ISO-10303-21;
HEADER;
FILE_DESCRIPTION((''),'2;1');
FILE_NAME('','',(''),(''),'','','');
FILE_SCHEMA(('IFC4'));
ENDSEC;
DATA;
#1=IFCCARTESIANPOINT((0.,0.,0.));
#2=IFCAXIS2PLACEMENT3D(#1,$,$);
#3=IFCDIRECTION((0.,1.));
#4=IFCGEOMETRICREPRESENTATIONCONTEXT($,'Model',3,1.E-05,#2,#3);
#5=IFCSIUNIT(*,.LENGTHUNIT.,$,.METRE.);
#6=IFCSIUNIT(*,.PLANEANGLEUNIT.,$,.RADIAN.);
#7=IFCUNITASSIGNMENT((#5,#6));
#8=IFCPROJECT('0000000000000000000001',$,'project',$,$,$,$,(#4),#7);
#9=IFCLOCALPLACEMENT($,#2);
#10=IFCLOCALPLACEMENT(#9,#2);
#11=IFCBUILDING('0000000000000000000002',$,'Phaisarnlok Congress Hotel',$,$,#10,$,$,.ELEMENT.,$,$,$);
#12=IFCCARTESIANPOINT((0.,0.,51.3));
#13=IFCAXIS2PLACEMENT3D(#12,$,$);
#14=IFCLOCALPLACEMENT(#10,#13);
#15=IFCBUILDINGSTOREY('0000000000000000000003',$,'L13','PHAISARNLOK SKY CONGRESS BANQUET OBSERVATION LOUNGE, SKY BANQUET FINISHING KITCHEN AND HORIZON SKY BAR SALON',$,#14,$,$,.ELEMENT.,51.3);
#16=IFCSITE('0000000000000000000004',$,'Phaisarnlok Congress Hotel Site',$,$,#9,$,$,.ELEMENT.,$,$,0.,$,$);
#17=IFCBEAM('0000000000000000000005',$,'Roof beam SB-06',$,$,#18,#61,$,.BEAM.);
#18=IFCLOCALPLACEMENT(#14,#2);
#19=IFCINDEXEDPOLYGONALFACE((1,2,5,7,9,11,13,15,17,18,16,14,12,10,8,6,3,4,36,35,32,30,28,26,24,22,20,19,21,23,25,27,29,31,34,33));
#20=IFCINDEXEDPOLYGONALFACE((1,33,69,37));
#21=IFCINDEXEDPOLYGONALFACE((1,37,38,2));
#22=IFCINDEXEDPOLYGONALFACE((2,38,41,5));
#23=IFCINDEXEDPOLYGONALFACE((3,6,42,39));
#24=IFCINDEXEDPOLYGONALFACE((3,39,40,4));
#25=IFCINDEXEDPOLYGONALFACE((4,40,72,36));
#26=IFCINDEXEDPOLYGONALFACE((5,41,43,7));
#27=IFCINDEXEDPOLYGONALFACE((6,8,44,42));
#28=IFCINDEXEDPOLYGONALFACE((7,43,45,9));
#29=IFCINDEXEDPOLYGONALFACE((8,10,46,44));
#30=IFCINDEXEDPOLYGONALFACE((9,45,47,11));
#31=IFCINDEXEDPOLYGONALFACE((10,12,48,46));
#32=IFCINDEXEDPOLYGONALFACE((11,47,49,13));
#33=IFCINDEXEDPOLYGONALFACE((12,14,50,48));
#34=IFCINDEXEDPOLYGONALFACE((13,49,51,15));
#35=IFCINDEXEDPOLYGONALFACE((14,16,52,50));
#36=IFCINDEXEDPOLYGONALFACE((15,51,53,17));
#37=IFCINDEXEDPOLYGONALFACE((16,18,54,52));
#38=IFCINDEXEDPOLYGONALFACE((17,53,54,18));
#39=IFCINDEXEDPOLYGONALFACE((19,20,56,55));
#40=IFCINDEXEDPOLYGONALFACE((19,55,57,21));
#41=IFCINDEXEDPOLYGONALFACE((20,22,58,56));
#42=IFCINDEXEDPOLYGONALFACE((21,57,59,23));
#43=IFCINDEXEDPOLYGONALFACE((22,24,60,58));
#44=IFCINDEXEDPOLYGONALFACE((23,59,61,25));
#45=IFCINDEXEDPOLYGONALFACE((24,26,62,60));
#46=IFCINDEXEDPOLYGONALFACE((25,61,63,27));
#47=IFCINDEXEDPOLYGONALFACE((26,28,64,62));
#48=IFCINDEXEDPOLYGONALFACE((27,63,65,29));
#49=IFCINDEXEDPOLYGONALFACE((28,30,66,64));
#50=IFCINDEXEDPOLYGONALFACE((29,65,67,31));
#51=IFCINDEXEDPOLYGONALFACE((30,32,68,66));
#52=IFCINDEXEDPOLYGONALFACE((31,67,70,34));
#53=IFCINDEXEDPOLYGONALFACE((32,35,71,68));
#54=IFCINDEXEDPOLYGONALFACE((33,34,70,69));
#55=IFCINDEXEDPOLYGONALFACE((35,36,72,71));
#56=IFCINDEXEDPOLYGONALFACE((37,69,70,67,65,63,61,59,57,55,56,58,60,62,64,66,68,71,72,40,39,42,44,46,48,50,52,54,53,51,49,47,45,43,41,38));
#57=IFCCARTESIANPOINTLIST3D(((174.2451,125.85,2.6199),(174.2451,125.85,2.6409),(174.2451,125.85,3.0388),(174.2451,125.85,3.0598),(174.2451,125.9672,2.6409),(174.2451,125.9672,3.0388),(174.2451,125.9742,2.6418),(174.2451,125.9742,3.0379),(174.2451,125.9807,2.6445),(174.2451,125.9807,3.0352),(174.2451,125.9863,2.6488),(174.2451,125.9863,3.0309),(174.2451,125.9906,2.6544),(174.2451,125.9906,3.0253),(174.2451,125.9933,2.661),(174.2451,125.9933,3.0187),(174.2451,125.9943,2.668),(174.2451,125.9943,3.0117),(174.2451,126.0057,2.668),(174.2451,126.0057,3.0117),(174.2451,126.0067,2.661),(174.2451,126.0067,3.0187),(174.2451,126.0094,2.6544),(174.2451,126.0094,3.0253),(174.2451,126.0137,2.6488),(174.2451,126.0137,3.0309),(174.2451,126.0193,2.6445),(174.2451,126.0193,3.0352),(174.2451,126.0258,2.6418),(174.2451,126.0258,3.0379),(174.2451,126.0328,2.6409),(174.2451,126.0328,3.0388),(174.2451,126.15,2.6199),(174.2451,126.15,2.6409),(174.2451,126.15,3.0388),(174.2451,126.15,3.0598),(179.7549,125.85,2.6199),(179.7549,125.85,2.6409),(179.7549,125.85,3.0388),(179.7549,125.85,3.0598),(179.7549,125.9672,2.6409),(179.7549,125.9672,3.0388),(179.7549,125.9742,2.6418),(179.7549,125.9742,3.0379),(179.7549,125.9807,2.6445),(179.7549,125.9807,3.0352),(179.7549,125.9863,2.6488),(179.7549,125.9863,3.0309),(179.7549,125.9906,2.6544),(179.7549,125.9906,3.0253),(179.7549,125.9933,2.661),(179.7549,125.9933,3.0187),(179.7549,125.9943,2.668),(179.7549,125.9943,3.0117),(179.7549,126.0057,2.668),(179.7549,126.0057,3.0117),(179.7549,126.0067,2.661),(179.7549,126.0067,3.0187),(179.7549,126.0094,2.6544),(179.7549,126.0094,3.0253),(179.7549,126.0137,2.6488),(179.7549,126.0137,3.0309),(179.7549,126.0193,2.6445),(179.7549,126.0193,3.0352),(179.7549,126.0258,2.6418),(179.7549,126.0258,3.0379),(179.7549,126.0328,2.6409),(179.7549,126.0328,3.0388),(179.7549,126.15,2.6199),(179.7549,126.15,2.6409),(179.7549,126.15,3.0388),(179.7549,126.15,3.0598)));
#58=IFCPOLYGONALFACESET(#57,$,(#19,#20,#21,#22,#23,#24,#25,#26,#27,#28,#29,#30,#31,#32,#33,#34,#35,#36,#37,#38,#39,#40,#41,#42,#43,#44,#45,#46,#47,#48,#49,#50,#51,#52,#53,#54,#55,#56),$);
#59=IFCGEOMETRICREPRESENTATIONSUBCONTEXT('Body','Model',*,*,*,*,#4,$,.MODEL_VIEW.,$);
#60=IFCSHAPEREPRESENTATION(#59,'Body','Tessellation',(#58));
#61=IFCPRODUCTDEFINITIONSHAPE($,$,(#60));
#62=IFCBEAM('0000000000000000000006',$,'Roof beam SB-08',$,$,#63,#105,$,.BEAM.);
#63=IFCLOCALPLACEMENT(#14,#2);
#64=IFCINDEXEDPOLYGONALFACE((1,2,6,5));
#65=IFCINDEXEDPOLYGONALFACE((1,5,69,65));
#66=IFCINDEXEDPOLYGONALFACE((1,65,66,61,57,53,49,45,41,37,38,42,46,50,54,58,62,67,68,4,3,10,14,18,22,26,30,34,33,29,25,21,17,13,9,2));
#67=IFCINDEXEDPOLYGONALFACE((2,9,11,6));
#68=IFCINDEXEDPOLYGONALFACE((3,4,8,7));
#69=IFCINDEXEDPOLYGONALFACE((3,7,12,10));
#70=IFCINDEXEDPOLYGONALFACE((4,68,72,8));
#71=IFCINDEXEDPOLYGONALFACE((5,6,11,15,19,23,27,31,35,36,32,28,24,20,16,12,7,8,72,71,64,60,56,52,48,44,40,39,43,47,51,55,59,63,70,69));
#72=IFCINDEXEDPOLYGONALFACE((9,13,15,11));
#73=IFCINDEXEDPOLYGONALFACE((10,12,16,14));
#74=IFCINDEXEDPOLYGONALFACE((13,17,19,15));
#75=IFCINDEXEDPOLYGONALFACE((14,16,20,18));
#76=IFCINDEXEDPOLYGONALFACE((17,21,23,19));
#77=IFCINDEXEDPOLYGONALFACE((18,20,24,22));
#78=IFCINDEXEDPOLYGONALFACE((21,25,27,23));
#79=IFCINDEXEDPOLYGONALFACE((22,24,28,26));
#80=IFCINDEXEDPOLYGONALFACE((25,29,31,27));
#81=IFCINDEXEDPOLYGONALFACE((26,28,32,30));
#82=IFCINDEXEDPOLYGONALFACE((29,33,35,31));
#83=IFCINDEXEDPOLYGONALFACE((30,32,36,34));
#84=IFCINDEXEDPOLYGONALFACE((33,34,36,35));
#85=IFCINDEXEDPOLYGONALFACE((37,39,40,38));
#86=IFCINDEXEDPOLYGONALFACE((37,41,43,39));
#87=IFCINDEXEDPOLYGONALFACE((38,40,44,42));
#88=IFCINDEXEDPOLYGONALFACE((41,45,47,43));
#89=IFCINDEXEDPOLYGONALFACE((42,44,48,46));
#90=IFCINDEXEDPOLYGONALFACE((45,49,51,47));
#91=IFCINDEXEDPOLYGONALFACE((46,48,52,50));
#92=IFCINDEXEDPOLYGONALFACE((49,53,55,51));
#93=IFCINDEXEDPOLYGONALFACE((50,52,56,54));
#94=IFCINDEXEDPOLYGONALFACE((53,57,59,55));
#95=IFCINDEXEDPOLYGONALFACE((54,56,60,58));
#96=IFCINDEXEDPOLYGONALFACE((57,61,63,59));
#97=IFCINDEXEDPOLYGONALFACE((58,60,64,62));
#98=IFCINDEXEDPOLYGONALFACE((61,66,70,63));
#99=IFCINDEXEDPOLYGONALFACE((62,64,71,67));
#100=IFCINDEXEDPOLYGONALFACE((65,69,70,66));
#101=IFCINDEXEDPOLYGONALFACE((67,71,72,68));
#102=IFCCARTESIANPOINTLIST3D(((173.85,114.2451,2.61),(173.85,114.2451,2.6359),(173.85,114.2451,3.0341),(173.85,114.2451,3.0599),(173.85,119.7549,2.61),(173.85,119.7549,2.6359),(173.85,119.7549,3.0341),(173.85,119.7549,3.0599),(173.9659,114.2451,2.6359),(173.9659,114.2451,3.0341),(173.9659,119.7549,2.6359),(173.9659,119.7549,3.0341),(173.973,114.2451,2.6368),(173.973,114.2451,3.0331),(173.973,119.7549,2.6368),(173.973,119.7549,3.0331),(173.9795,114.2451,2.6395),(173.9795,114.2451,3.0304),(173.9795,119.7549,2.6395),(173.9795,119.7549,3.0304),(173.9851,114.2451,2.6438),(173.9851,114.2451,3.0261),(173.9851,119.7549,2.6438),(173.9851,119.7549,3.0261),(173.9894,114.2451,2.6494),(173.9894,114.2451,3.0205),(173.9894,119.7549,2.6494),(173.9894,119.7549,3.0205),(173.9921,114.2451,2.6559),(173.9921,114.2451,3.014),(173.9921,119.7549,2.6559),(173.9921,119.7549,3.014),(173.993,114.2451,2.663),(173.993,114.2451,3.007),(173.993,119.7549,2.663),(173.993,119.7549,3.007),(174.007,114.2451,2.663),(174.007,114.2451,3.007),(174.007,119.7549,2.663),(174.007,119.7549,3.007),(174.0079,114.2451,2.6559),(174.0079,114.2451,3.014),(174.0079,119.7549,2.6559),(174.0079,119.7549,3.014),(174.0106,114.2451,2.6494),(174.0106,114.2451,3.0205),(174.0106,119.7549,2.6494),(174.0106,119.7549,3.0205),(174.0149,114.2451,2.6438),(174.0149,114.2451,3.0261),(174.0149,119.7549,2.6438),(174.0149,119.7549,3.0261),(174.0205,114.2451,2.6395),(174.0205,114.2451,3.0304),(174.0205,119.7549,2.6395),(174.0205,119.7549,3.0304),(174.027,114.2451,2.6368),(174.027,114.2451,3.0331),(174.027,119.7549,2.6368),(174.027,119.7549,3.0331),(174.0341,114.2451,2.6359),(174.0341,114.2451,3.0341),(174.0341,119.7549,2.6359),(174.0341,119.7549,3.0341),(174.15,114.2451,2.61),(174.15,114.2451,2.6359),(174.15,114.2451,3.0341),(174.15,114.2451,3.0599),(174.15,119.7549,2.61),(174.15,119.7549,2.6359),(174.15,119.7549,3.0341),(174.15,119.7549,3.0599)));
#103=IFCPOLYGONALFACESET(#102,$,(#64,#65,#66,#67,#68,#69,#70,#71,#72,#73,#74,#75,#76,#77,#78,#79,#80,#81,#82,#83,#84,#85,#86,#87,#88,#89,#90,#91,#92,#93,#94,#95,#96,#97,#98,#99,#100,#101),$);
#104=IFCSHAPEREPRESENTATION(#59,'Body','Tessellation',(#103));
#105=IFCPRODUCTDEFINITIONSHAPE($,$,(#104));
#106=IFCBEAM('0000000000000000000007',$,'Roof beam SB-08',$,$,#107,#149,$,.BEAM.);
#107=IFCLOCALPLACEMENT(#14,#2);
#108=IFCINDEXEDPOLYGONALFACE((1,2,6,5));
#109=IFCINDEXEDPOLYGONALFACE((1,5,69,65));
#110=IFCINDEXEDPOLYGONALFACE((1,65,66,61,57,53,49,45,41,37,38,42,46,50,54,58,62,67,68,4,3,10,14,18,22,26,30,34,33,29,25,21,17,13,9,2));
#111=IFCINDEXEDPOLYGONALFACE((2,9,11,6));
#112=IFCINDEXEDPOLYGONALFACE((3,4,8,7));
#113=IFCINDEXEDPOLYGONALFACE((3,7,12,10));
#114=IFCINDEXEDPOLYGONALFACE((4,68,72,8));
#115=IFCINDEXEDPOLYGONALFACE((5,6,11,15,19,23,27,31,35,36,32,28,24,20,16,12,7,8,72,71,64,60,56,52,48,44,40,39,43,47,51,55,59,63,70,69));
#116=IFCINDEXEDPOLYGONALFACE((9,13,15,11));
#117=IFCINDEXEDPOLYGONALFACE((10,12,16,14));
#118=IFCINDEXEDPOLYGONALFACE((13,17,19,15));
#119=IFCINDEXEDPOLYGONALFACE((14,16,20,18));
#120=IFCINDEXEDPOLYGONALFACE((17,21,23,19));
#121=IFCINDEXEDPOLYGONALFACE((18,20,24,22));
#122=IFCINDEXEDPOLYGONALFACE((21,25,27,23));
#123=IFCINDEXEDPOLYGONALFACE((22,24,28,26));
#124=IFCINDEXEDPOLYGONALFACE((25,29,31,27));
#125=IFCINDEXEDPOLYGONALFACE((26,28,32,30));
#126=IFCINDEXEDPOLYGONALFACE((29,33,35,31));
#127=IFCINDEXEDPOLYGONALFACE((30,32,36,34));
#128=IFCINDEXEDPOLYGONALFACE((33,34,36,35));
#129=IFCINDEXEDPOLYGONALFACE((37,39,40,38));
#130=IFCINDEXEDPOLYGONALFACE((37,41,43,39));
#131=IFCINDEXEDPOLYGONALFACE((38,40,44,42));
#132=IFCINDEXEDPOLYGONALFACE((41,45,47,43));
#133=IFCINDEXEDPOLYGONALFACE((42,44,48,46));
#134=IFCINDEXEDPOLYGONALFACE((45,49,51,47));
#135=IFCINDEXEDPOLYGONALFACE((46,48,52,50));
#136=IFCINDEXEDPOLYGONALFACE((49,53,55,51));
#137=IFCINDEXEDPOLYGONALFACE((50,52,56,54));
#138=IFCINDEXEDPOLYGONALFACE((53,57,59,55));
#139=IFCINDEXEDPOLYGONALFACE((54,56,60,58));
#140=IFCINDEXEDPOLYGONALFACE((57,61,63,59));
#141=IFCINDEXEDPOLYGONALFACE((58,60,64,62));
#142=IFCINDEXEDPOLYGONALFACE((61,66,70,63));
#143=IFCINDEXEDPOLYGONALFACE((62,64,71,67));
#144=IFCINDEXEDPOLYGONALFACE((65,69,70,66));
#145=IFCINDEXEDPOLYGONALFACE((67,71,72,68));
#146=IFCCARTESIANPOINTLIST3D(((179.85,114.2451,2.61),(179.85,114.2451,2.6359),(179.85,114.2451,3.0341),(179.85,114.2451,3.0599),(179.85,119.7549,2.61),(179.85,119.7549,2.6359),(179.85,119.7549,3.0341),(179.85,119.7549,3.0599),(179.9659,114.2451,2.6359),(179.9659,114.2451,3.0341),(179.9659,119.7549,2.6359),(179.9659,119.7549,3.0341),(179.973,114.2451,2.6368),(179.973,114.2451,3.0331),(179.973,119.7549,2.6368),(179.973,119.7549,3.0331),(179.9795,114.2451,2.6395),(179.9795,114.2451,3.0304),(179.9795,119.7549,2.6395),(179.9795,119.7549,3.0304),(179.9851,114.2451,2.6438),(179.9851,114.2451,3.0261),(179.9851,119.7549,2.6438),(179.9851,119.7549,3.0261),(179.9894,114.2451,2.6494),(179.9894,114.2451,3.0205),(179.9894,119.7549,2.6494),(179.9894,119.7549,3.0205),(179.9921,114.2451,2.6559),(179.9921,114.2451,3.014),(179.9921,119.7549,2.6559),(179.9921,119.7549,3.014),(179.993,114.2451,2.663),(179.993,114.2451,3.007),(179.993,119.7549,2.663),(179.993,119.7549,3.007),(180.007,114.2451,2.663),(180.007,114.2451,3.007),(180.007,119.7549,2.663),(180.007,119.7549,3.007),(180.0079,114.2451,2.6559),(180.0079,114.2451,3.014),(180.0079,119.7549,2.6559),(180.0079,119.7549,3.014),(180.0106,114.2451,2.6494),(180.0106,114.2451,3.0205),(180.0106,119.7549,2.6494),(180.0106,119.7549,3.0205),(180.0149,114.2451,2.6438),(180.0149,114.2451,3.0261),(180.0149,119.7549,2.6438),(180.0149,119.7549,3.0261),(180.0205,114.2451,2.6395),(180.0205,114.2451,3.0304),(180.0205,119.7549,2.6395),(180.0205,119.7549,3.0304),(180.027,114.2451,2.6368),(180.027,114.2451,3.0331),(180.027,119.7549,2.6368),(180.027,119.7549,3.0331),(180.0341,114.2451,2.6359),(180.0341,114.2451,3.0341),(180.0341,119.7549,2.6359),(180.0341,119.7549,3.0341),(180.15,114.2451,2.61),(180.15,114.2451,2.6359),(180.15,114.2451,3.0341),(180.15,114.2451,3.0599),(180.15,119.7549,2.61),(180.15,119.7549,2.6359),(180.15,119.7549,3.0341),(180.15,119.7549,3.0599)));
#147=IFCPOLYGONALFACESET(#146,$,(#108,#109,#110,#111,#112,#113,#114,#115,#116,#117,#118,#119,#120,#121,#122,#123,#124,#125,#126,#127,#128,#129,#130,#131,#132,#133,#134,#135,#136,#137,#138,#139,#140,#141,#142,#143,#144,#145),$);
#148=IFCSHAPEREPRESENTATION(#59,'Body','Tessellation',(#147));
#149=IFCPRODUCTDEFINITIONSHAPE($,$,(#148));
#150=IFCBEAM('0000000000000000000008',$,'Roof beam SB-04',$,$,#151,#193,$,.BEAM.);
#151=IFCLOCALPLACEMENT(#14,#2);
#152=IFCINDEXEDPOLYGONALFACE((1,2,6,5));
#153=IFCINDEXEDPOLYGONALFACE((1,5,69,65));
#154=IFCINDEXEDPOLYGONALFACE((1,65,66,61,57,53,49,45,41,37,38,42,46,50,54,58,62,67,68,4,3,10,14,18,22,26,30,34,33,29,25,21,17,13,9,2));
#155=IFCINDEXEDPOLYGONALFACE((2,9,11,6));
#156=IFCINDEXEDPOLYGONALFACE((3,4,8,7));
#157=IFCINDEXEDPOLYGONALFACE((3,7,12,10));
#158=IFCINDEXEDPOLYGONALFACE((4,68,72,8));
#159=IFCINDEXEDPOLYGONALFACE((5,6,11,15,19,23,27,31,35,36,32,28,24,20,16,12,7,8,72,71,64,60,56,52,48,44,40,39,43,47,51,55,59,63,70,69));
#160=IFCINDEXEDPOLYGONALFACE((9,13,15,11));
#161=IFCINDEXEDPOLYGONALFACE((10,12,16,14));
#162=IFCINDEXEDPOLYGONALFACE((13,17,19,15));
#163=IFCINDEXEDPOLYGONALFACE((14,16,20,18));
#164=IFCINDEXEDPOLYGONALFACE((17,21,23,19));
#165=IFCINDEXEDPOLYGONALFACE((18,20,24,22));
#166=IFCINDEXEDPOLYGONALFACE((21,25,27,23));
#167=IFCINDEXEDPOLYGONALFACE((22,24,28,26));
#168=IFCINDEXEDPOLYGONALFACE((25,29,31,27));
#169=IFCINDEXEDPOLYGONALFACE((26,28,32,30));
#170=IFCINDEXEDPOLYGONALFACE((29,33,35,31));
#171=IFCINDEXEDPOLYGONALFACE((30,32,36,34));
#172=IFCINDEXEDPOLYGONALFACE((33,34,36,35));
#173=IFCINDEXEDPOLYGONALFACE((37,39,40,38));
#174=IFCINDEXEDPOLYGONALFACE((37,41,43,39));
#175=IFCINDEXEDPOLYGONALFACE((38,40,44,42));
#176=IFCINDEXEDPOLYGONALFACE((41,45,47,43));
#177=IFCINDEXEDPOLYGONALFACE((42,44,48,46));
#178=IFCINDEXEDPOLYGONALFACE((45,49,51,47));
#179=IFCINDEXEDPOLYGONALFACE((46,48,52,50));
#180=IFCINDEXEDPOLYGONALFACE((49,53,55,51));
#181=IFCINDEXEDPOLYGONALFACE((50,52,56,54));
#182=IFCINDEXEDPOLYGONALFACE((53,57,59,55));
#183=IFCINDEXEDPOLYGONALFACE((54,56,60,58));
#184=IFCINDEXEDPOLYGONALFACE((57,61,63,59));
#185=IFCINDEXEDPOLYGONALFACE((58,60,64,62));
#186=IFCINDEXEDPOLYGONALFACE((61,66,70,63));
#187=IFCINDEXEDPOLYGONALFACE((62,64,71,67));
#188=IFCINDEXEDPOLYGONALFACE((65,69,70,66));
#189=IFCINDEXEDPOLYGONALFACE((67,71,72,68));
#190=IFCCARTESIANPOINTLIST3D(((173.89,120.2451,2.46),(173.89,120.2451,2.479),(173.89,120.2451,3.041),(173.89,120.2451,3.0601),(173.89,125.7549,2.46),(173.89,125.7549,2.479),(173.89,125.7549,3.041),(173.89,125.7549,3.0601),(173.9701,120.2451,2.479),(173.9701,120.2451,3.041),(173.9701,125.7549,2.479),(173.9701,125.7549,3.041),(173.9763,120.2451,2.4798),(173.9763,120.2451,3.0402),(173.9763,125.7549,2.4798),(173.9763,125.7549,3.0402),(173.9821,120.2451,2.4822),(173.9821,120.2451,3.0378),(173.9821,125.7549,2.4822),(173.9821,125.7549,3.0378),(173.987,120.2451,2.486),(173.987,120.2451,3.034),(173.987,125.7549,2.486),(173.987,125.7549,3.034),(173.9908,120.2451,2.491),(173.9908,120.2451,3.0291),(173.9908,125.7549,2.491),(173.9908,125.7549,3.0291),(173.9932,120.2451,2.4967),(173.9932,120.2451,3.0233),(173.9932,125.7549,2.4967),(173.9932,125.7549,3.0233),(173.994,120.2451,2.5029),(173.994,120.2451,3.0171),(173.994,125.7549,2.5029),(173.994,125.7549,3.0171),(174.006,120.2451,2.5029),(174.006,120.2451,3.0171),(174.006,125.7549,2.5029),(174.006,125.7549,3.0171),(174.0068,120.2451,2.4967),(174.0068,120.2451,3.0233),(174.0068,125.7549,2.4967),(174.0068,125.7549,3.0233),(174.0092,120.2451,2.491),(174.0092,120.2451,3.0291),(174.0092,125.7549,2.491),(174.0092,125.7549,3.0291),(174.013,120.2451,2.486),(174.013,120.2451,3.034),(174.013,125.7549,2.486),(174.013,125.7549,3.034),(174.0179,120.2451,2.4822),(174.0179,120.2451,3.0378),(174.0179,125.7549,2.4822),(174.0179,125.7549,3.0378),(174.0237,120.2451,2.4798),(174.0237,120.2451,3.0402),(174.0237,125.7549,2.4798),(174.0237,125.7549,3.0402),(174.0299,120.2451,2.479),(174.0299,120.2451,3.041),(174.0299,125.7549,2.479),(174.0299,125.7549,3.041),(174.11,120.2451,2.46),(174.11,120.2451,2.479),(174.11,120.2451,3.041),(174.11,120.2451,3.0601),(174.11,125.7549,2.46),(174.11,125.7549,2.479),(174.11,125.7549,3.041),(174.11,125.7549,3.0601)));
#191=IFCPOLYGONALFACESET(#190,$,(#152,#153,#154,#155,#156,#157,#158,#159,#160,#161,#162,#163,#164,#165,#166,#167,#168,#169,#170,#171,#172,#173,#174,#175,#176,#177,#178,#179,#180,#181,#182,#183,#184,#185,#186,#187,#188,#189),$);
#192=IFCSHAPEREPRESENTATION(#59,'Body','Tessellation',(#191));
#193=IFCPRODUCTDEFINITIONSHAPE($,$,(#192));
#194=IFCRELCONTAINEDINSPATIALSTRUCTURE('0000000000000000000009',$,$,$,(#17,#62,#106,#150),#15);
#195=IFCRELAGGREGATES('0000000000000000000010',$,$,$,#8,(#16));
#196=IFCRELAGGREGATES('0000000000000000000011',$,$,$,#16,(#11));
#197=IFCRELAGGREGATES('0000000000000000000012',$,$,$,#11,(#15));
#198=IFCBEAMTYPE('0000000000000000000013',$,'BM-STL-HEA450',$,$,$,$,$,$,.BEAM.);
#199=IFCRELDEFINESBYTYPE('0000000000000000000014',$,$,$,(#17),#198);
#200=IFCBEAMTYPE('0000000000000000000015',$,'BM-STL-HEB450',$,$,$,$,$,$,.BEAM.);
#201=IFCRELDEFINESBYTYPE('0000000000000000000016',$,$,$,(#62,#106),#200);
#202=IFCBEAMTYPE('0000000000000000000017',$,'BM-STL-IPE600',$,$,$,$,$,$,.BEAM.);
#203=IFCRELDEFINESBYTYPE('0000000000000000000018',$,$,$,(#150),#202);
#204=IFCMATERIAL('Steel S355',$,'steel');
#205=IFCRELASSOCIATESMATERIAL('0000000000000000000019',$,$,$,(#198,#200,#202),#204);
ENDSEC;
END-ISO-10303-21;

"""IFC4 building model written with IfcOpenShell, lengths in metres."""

from ifc_helpers import new_model, si_unit, direction, frame, origin, origin_2d, place, context, subcontext, project, spatial, i_section, extrude, material, material_profile, profile_set, type_object, element, save


model = new_model("IFC4")

# Units and contexts
model_context = context("Model", 3, precision=1e-05, world=origin(), true_north=direction((0.0, 1.0)))
body_context = subcontext(model_context, "Body", "Model", "MODEL_VIEW")
ifc_project = project(units=[si_unit("LENGTHUNIT", "METRE"), si_unit("PLANEANGLEUNIT", "RADIAN")], contexts=[model_context])

# Site, building, storey
site_placement = place(None, origin())
site = spatial("IfcSite", under=ifc_project, at=site_placement, Name="Phaisarnlok Congress Hotel Site", CompositionType="ELEMENT", RefElevation=0.0)
building_placement = place(site_placement, origin())
building = spatial("IfcBuilding", under=site, at=building_placement, Name="Phaisarnlok Congress Hotel", CompositionType="ELEMENT")
storey_placement = place(building_placement, frame((0.0, 0.0, 51.3)))
storey = spatial("IfcBuildingStorey", under=building, at=storey_placement, Name="L13", Description="PHAISARNLOK SKY CONGRESS BANQUET OBSERVATION LOUNGE, SKY BANQUET FINISHING KITCHEN AND HORIZON SKY BAR SALON", CompositionType="ELEMENT", Elevation=51.3)

# Beams
ifc_material_1 = material(Name="Steel S355", Category="steel")
ifc_material_profile_1 = material_profile(ifc_material_1, i_section(OverallWidth=0.3, OverallDepth=0.4399, WebThickness=0.0115, FlangeThickness=0.021, FilletRadius=0.0271, at=origin_2d()), Name="HEA 450")
ifc_profile_set_1 = profile_set([ifc_material_profile_1], Name="Steel S355")
beam_type_1 = type_object("IfcBeamType", Name="BM-STL-HEA450", PredefinedType="BEAM", material=ifc_profile_set_1)
for number, where, z_axis, x_axis, name in (
    (1, (174.2451, 126.0, 2.8398), (1.0, 0.0, 0.0), (0.0, 1.0, 0.0), "Roof beam SB-06"),
):
    element("IfcBeam", number, at=place(storey_placement, frame(where, z_axis=z_axis, x_axis=x_axis)), inside=storey, type_object=beam_type_1, Name=name, PredefinedType="BEAM", context=body_context, shape_type="SweptSolid", body=[
        extrude(i_section(OverallWidth=0.3, OverallDepth=0.4399, WebThickness=0.0115, FlangeThickness=0.021, FilletRadius=0.0271, at=origin_2d()), origin(), (0.0, 0.0, 1.0), 5.5098),
    ])
ifc_material_profile_2 = material_profile(ifc_material_1, i_section(OverallWidth=0.3, OverallDepth=0.45, WebThickness=0.0139, FlangeThickness=0.0259, FilletRadius=0.0271, at=origin_2d()), Name="HEB 450")
ifc_profile_set_2 = profile_set([ifc_material_profile_2], Name="Steel S355")
beam_type_2 = type_object("IfcBeamType", Name="BM-STL-HEB450", PredefinedType="BEAM", material=ifc_profile_set_2)
for number, where, z_axis, x_axis, name in (
    (2, (174.0, 114.2451, 2.835), (0.0, 1.0, 0.0), (-1.0, 0.0, 0.0), "Roof beam SB-08"),
    (3, (180.0, 114.2451, 2.835), (0.0, 1.0, 0.0), (-1.0, 0.0, 0.0), "Roof beam SB-08"),
):
    element("IfcBeam", number, at=place(storey_placement, frame(where, z_axis=z_axis, x_axis=x_axis)), inside=storey, type_object=beam_type_2, Name=name, PredefinedType="BEAM", context=body_context, shape_type="SweptSolid", body=[
        extrude(i_section(OverallWidth=0.3, OverallDepth=0.45, WebThickness=0.0139, FlangeThickness=0.0259, FilletRadius=0.0271, at=origin_2d()), origin(), (0.0, 0.0, 1.0), 5.5098),
    ])
ifc_material_profile_3 = material_profile(ifc_material_1, i_section(OverallWidth=0.22, OverallDepth=0.6001, WebThickness=0.012, FlangeThickness=0.019, FilletRadius=0.0239, at=origin_2d()), Name="IPE 600")
ifc_profile_set_3 = profile_set([ifc_material_profile_3], Name="Steel S355")
beam_type_3 = type_object("IfcBeamType", Name="BM-STL-IPE600", PredefinedType="BEAM", material=ifc_profile_set_3)
for number, where, z_axis, x_axis, name in (
    (4, (174.0, 120.2451, 2.76), (0.0, 1.0, 0.0), (-1.0, 0.0, 0.0), "Roof beam SB-04"),
):
    element("IfcBeam", number, at=place(storey_placement, frame(where, z_axis=z_axis, x_axis=x_axis)), inside=storey, type_object=beam_type_3, Name=name, PredefinedType="BEAM", context=body_context, shape_type="SweptSolid", body=[
        extrude(i_section(OverallWidth=0.22, OverallDepth=0.6001, WebThickness=0.012, FlangeThickness=0.019, FilletRadius=0.0239, at=origin_2d()), origin(), (0.0, 0.0, 1.0), 5.5098),
    ])

save(model, "model.ifc")
